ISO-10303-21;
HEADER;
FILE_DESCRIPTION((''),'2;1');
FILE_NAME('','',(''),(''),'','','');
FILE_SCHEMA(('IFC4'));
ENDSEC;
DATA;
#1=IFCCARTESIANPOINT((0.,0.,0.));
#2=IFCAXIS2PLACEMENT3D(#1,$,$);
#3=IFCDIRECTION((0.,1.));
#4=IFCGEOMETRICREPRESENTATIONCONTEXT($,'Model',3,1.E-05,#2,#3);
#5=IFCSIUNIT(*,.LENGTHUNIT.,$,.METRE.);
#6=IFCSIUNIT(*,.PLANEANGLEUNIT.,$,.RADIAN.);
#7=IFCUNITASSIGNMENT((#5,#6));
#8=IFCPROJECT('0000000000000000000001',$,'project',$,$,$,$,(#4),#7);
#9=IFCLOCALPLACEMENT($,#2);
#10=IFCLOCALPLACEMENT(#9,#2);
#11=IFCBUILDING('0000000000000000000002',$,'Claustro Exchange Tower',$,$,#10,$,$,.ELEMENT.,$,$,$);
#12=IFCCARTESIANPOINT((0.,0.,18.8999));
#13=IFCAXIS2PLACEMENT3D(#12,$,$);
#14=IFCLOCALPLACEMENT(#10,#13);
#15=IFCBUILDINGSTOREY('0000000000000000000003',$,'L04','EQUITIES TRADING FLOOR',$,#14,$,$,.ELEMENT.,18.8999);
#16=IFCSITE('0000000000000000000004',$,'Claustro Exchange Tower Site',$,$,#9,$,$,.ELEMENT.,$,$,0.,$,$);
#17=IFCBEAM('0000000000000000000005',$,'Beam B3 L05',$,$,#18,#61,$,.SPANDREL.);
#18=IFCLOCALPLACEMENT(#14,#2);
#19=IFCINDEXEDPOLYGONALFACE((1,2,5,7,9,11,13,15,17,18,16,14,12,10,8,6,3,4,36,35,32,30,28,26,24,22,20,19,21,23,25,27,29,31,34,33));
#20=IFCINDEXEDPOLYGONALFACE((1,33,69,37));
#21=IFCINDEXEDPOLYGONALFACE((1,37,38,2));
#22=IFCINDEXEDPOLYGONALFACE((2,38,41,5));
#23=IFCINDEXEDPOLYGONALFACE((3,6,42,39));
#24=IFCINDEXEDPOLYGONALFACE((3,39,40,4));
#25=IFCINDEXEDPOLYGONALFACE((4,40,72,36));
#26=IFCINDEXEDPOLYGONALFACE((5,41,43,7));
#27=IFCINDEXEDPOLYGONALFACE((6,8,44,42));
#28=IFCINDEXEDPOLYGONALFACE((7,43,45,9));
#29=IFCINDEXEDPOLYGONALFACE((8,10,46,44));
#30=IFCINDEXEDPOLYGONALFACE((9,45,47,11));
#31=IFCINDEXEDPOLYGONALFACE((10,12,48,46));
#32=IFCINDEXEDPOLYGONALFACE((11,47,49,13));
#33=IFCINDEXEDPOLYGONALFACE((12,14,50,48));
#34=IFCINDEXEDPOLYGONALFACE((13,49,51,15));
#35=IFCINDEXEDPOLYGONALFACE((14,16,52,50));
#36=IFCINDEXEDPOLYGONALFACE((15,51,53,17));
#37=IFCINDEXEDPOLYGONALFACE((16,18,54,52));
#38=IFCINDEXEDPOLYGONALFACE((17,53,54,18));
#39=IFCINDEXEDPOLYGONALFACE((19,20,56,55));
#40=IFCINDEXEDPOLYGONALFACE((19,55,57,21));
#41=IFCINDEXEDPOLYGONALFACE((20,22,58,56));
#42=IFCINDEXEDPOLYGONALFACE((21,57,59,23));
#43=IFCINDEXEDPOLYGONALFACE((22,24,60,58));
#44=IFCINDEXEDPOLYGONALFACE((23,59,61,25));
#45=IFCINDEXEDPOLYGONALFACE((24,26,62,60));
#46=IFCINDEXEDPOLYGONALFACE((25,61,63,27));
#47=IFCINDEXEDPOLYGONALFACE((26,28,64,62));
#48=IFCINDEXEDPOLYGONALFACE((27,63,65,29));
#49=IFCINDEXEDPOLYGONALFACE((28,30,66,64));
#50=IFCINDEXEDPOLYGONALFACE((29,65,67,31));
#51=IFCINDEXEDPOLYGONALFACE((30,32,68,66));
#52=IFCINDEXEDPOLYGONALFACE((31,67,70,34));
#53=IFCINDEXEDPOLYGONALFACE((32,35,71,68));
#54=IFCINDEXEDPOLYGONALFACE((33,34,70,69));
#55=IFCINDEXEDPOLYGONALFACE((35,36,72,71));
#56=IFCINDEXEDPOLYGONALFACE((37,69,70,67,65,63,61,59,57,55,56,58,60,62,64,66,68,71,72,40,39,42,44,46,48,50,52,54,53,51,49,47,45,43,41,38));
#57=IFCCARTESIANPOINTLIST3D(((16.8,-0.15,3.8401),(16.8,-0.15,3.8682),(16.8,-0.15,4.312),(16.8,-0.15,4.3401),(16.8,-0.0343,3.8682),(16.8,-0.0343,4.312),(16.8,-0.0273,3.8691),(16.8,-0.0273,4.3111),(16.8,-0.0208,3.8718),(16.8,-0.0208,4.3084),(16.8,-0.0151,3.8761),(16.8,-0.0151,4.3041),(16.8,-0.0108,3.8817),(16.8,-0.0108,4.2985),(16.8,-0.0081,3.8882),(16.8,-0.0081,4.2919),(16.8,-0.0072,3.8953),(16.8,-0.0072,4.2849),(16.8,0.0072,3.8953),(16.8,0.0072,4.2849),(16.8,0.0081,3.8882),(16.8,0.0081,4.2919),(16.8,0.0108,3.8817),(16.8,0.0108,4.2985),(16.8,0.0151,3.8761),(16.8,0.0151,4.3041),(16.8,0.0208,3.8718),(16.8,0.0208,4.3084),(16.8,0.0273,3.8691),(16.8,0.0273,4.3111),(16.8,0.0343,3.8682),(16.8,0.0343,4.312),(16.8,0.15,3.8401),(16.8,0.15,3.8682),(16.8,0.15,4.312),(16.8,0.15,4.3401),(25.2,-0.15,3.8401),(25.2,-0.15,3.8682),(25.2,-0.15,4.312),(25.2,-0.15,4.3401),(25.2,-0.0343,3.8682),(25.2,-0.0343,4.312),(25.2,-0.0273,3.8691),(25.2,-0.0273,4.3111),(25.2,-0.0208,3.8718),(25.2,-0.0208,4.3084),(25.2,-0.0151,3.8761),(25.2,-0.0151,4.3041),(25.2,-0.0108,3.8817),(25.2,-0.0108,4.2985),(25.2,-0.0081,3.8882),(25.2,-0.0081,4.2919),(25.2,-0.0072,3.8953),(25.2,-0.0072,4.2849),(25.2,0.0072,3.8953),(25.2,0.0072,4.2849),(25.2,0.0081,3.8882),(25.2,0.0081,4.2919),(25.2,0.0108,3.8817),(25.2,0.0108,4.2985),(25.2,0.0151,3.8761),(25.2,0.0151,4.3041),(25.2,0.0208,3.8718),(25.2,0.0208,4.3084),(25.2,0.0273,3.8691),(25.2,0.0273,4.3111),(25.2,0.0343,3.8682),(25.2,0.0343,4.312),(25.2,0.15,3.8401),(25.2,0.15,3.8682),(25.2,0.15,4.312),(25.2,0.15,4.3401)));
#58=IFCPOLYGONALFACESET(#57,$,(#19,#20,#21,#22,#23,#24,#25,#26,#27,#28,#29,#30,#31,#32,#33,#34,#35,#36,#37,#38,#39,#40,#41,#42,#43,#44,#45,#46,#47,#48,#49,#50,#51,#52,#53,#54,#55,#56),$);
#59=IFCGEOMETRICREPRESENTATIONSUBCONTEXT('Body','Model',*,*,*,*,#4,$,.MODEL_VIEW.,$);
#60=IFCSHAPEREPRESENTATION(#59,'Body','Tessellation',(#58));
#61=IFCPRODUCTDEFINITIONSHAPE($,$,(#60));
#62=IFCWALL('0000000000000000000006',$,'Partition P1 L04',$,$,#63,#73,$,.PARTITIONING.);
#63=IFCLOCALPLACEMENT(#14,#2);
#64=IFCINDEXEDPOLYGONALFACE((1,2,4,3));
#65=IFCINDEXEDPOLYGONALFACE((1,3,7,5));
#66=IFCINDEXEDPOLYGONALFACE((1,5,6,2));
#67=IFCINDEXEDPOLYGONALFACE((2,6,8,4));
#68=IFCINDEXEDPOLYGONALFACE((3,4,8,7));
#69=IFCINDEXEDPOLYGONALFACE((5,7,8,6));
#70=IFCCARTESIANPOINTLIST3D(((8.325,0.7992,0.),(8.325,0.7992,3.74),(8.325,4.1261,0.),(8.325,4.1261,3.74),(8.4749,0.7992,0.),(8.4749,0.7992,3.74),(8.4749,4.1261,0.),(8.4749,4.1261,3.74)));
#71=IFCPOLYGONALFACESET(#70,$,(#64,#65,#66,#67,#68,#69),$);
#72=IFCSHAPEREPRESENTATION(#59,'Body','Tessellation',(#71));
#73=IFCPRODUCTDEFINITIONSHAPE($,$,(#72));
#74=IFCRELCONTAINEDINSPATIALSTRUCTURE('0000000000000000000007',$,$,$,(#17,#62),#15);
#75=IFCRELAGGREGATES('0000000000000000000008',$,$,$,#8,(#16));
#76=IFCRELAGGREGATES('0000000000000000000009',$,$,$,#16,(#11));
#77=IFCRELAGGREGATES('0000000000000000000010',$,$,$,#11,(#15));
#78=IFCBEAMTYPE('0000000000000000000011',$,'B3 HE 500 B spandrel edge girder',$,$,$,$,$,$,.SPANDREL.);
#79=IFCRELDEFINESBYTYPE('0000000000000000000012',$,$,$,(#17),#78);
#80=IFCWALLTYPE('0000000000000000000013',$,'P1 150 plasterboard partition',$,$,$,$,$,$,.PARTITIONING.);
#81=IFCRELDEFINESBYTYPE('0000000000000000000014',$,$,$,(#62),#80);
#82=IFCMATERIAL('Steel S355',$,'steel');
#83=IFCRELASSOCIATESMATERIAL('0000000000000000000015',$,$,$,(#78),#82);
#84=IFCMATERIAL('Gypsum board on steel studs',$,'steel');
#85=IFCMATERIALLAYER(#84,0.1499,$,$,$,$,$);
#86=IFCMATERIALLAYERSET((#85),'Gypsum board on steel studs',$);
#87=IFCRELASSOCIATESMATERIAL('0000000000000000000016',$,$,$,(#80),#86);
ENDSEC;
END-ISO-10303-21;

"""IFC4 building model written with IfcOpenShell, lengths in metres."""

from ifc_helpers import new_model, si_unit, direction, frame, frame_2d, origin, origin_2d, place, context, subcontext, project, spatial, rectangle, i_section, extrude, material, layer, layer_set, material_profile, profile_set, type_object, element, save


model = new_model("IFC4")

# Units and contexts
model_context = context("Model", 3, precision=1e-05, world=origin(), true_north=direction((0.0, 1.0)))
body_context = subcontext(model_context, "Body", "Model", "MODEL_VIEW")
ifc_project = project(units=[si_unit("LENGTHUNIT", "METRE"), si_unit("PLANEANGLEUNIT", "RADIAN")], contexts=[model_context])

# Site, building, storey
site_placement = place(None, origin())
site = spatial("IfcSite", under=ifc_project, at=site_placement, Name="Claustro Exchange Tower Site", CompositionType="ELEMENT", RefElevation=0.0)
building_placement = place(site_placement, origin())
building = spatial("IfcBuilding", under=site, at=building_placement, Name="Claustro Exchange Tower", CompositionType="ELEMENT")
storey_placement = place(building_placement, frame((0.0, 0.0, 18.8999)))
storey = spatial("IfcBuildingStorey", under=building, at=storey_placement, Name="L04", Description="EQUITIES TRADING FLOOR", CompositionType="ELEMENT", Elevation=18.8999)

# Beam
ifc_material_1 = material(Name="Steel S355", Category="steel")
ifc_material_profile_1 = material_profile(ifc_material_1, i_section(OverallWidth=0.3, OverallDepth=0.5, WebThickness=0.0144, FlangeThickness=0.0281, FilletRadius=0.0271, at=origin_2d()), Name="HE 500 B")
ifc_profile_set_1 = profile_set([ifc_material_profile_1], Name="Steel S355")
beam_type_1 = type_object("IfcBeamType", Name="B3 HE 500 B spandrel edge girder", PredefinedType="SPANDREL", material=ifc_profile_set_1)
beam_1_placement = place(storey_placement, frame((16.8, 0.0, 4.0901), z_axis=(1.0, 0.0, 0.0), x_axis=(0.0, 1.0, 0.0)))
element("IfcBeam", 1, at=beam_1_placement, inside=storey, type_object=beam_type_1, Name="Beam B3 L05", PredefinedType="SPANDREL", context=body_context, shape_type="SweptSolid", body=[
    extrude(i_section(OverallWidth=0.3, OverallDepth=0.5, WebThickness=0.0144, FlangeThickness=0.0281, FilletRadius=0.0271, at=origin_2d()), origin(), (0.0, 0.0, 1.0), 8.3999),
])

# Wall
ifc_material_2 = material(Name="Gypsum board on steel studs", Category="steel")
ifc_layer = layer(ifc_material_2, 0.1499)
ifc_layer_set = layer_set([ifc_layer], Name="Gypsum board on steel studs")
wall_type = type_object("IfcWallType", Name="P1 150 plasterboard partition", PredefinedType="PARTITIONING", material=ifc_layer_set)
wall_placement = place(storey_placement, frame((8.3999, 0.7991, 0.0), z_axis=(0.0, 0.0, 1.0), x_axis=(0.0, 1.0, 0.0)))
element("IfcWall", 2, at=wall_placement, inside=storey, type_object=wall_type, Name="Partition P1 L04", PredefinedType="PARTITIONING", context=body_context, shape_type="SweptSolid", body=[
    extrude(rectangle(XDim=3.3269, YDim=0.1499, at=frame_2d((1.6636, 0.0))), origin(), (0.0, 0.0, 1.0), 3.74),
])

save(model, "model.ifc")
